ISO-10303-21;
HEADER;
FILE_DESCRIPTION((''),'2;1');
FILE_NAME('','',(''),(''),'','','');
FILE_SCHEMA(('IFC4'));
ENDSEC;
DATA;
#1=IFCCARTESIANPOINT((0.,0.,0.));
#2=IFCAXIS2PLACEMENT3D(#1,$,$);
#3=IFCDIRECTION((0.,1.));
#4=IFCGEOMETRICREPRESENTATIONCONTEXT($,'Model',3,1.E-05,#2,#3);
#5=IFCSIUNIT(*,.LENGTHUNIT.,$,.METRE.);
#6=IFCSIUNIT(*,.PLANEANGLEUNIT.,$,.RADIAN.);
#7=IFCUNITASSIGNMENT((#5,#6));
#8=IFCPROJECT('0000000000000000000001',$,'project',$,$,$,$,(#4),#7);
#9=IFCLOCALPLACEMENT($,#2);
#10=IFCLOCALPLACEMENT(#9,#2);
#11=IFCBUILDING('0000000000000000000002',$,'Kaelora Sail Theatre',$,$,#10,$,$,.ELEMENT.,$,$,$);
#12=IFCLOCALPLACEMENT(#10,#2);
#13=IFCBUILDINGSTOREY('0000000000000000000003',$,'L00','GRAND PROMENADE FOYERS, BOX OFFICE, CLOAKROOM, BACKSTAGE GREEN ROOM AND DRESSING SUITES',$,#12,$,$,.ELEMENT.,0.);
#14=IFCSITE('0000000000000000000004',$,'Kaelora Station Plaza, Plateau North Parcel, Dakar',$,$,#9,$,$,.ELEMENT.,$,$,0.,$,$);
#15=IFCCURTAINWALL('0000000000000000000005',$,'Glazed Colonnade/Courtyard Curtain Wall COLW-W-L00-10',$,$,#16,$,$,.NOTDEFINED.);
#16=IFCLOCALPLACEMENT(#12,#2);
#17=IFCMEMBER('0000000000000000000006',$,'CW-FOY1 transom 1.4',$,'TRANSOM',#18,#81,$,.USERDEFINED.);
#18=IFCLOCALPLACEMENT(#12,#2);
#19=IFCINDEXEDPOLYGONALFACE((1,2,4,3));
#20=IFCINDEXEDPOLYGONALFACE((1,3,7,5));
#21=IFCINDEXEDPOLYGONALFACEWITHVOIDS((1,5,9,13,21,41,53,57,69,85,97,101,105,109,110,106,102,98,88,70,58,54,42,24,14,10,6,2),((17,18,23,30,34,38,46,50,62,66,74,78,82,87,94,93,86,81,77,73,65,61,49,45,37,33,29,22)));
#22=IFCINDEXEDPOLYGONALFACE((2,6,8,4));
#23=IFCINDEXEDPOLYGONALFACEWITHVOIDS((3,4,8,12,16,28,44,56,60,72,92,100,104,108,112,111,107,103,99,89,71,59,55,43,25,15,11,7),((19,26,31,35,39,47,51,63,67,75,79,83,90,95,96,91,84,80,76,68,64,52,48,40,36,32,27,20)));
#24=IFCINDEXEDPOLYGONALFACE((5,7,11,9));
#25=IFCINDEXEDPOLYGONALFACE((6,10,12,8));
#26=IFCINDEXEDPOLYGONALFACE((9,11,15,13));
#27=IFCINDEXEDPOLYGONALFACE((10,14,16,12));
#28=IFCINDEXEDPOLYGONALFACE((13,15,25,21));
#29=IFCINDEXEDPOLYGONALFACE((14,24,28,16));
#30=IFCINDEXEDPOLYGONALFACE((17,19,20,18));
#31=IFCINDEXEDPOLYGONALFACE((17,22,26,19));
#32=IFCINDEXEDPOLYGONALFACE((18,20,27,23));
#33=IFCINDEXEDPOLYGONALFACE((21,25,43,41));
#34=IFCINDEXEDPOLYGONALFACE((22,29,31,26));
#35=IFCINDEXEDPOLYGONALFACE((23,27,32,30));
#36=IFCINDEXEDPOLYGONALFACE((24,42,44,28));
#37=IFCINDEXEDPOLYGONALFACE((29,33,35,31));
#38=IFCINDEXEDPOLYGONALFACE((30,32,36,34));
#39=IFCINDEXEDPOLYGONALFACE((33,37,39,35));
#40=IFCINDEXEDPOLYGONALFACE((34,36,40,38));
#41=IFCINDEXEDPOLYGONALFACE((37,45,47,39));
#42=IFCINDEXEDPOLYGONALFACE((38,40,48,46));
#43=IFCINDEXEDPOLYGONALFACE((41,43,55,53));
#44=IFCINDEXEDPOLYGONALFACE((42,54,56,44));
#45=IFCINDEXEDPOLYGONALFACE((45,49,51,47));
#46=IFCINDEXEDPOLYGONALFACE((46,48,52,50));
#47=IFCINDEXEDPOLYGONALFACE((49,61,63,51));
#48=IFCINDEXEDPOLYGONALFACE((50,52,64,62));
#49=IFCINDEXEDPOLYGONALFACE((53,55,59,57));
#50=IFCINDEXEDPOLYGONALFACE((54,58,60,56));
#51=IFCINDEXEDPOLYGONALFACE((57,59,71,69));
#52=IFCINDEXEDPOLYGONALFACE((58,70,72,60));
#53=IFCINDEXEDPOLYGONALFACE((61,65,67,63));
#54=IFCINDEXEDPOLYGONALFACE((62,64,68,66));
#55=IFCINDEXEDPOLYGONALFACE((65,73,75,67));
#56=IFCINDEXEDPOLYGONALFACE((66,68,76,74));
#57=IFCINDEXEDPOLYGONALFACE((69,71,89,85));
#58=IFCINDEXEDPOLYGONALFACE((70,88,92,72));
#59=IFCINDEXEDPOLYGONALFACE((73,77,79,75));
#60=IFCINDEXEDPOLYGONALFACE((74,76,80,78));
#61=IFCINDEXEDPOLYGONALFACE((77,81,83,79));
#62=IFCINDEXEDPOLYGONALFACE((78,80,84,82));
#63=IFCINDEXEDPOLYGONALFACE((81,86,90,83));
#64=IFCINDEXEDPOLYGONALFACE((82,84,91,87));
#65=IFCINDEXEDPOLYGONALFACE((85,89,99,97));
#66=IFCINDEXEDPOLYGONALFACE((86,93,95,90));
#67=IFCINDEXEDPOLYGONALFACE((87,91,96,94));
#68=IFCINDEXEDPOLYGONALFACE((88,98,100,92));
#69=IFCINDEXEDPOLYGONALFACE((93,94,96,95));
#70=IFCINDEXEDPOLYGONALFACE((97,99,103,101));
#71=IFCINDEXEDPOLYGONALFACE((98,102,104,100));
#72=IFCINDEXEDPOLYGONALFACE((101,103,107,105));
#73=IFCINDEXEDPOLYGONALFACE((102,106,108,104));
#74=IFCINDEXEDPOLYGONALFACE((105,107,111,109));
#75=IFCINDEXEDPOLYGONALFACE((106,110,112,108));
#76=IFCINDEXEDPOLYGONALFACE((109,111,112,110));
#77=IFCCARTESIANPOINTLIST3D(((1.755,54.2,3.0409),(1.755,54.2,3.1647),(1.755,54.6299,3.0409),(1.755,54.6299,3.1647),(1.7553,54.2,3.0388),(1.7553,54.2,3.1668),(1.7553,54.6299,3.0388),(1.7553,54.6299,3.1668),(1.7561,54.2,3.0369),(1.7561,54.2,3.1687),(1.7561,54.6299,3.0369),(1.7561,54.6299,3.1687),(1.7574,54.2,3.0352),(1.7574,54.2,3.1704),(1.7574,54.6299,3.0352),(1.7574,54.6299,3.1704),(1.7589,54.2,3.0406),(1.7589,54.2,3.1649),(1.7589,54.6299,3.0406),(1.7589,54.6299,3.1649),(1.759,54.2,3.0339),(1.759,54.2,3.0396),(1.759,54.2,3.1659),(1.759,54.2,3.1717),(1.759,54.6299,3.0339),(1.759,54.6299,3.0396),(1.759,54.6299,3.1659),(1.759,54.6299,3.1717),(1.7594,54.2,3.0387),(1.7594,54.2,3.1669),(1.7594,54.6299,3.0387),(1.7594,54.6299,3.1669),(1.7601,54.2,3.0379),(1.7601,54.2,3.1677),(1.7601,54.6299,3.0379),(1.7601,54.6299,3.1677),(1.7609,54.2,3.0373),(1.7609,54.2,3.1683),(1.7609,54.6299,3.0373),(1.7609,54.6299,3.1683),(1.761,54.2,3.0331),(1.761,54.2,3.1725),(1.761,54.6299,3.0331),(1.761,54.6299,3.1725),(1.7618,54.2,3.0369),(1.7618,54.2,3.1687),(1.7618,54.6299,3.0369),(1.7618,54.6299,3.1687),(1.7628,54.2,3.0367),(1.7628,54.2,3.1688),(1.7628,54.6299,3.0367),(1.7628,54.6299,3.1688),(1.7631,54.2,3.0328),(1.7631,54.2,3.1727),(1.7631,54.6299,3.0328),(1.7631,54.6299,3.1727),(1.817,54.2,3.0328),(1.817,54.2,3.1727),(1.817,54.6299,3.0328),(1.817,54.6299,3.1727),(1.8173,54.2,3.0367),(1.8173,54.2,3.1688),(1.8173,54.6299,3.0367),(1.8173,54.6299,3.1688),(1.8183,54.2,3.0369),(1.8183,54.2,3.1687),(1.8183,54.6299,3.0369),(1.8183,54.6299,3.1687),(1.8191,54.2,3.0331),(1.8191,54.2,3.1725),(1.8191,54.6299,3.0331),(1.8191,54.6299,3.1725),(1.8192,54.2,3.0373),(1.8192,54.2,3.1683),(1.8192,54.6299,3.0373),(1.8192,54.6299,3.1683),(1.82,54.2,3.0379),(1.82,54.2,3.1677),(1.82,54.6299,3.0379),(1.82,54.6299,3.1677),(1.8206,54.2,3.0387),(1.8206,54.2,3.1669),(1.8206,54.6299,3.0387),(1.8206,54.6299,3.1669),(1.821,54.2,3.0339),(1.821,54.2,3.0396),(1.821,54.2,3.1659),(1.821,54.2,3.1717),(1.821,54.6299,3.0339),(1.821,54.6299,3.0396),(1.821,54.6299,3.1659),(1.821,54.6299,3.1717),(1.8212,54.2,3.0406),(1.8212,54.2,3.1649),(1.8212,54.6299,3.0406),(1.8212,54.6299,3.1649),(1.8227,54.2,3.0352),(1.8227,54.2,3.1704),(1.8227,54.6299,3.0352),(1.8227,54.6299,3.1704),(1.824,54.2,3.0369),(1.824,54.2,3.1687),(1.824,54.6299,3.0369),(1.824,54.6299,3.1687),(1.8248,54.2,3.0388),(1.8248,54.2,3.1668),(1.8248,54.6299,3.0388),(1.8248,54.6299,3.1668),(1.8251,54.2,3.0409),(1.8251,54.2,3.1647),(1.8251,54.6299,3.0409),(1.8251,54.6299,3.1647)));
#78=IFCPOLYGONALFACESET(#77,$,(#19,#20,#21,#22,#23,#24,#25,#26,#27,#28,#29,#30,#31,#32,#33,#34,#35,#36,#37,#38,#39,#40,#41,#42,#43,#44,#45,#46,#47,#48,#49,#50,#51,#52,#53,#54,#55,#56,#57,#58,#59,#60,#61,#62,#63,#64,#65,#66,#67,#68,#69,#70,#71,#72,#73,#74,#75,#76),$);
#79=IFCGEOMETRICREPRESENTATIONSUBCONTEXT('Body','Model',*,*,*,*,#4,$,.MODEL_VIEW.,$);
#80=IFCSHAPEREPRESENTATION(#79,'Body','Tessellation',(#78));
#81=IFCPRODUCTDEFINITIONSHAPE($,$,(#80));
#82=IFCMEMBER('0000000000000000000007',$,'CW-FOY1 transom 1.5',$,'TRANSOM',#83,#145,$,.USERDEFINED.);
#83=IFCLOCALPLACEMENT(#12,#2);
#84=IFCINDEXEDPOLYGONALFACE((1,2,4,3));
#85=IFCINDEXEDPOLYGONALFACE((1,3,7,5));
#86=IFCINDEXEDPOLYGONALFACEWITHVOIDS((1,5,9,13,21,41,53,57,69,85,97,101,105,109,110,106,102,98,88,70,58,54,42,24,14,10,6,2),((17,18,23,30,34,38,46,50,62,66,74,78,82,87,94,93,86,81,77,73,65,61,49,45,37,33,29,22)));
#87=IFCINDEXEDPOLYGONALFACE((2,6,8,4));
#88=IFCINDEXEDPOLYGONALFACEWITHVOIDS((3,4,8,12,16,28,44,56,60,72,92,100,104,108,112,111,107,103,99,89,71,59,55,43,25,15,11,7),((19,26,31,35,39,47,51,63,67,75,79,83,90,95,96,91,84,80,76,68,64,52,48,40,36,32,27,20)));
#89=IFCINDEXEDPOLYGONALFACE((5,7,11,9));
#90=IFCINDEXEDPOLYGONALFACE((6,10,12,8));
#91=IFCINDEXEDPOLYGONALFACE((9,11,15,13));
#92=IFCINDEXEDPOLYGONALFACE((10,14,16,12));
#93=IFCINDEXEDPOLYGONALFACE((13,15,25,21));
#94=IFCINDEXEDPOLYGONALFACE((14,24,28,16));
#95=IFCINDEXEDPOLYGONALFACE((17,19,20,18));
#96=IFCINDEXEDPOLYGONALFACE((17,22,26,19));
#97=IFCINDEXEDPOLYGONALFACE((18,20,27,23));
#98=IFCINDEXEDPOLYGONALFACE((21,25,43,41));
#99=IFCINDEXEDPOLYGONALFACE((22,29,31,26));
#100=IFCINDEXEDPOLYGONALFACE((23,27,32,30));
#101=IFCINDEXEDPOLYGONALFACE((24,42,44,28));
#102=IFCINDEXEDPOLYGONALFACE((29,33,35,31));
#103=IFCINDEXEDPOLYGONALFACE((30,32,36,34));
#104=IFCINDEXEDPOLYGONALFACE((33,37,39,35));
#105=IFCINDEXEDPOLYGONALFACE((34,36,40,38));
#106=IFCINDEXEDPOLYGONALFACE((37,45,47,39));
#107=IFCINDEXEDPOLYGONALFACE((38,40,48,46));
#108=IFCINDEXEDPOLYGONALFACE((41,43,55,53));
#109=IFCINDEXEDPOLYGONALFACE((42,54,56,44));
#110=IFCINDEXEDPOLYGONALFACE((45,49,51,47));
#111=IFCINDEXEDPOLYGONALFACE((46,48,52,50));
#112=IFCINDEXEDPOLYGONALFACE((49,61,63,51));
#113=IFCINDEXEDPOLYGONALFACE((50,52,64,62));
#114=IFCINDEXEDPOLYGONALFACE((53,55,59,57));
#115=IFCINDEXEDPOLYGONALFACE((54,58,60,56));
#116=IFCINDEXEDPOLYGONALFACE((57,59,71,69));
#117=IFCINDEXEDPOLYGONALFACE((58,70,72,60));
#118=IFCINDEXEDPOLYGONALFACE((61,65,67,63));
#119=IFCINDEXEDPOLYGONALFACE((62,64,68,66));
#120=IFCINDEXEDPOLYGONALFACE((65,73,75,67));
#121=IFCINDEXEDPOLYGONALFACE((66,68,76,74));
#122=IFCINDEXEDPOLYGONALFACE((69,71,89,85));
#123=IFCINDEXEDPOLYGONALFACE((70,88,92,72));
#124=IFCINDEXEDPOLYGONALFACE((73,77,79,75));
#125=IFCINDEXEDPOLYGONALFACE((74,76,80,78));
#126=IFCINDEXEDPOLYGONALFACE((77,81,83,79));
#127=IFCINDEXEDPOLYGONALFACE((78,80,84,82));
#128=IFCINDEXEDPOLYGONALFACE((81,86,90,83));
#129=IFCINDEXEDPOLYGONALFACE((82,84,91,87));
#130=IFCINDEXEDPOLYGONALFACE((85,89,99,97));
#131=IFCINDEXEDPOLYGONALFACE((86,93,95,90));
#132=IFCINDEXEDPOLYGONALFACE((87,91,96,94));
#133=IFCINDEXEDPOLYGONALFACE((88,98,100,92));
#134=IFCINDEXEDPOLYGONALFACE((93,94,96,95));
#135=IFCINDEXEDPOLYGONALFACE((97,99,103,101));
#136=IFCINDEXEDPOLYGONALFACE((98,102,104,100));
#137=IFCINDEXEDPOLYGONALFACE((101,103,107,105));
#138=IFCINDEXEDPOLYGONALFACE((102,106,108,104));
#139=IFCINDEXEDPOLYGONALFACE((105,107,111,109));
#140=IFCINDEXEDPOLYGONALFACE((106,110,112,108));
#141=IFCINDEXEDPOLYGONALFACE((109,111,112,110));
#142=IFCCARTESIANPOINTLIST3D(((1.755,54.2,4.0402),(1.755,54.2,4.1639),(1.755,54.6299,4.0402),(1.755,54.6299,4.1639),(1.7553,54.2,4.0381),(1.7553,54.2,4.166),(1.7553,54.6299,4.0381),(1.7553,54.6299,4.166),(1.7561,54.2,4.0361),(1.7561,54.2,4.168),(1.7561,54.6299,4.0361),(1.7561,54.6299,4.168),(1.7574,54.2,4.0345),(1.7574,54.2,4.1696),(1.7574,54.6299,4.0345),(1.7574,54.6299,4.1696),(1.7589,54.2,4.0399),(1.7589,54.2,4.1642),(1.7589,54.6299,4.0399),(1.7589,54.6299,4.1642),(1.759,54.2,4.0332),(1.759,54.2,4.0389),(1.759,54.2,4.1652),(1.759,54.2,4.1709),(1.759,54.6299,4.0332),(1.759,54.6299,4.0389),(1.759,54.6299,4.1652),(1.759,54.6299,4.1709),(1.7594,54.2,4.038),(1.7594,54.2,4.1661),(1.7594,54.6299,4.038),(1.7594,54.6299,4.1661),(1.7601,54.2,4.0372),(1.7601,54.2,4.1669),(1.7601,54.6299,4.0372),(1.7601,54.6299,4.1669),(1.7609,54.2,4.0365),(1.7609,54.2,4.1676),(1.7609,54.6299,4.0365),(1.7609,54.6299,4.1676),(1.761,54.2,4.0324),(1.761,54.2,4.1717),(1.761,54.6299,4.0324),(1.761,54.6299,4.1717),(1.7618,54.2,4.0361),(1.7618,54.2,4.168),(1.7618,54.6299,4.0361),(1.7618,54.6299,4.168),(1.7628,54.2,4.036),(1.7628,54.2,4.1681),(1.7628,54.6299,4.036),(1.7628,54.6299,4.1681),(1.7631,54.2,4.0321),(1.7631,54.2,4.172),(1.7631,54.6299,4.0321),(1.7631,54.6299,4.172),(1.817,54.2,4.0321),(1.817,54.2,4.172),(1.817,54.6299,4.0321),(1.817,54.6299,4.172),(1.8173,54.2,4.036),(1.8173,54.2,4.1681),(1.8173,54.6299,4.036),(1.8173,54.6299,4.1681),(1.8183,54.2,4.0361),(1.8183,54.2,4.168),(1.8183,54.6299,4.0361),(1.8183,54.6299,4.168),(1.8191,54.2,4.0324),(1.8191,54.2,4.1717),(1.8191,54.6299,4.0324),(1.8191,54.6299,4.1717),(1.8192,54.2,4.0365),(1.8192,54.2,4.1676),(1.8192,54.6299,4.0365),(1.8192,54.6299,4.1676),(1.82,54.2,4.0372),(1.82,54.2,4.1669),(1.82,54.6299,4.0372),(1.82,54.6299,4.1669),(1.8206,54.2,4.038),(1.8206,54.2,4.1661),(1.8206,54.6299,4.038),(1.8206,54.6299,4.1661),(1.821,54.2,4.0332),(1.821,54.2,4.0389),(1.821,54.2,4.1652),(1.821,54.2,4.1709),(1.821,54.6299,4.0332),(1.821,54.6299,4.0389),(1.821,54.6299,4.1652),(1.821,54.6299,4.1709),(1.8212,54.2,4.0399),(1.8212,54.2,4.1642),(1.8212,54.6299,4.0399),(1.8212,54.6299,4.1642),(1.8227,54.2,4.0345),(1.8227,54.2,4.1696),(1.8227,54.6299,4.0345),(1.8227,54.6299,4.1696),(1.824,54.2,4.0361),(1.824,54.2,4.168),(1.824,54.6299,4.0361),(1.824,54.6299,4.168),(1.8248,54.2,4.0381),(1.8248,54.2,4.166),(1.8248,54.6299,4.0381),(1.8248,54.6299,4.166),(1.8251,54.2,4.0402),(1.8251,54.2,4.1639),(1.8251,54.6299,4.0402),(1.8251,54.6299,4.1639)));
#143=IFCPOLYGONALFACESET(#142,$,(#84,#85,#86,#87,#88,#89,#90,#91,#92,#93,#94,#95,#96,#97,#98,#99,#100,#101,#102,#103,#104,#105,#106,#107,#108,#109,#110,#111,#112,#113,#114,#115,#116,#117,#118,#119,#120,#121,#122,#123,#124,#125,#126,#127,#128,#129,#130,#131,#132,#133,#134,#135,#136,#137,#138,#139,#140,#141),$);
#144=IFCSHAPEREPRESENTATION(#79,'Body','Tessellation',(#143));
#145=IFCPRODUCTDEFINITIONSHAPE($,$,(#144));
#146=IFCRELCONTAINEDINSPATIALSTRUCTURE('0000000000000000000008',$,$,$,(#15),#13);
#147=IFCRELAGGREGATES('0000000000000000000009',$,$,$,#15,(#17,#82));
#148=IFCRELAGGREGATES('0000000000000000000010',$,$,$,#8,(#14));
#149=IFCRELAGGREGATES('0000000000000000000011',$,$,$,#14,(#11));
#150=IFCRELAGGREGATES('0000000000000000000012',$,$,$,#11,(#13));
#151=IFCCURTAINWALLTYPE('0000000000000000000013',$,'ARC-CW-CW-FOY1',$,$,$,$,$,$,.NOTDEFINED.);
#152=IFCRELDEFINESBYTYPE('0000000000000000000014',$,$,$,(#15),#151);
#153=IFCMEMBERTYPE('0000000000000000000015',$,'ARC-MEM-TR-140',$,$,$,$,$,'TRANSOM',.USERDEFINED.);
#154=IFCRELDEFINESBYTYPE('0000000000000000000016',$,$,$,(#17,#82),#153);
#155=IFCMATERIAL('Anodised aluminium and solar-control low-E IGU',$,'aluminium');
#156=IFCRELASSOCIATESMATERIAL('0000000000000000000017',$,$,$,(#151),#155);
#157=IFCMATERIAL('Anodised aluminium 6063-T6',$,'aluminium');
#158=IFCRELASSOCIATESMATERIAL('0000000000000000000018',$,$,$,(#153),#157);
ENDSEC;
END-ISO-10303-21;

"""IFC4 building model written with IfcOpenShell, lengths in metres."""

from ifc_helpers import new_model, si_unit, direction, frame, origin, origin_2d, place, context, subcontext, project, spatial, hollow_rectangle, extrude, material, material_profile, profile_set, type_object, element, aggregate, save


model = new_model("IFC4")

# Units and contexts
model_context = context("Model", 3, precision=1e-05, world=origin(), true_north=direction((0.0, 1.0)))
body_context = subcontext(model_context, "Body", "Model", "MODEL_VIEW")
ifc_project = project(units=[si_unit("LENGTHUNIT", "METRE"), si_unit("PLANEANGLEUNIT", "RADIAN")], contexts=[model_context])

# Site, building, storey
site_placement = place(None, origin())
site = spatial("IfcSite", under=ifc_project, at=site_placement, Name="Kaelora Station Plaza, Plateau North Parcel, Dakar", CompositionType="ELEMENT", RefElevation=0.0)
building_placement = place(site_placement, origin())
building = spatial("IfcBuilding", under=site, at=building_placement, Name="Kaelora Sail Theatre", CompositionType="ELEMENT")
storey_placement = place(building_placement, origin())
storey = spatial("IfcBuildingStorey", under=building, at=storey_placement, Name="L00", Description="GRAND PROMENADE FOYERS, BOX OFFICE, CLOAKROOM, BACKSTAGE GREEN ROOM AND DRESSING SUITES", CompositionType="ELEMENT", Elevation=0.0)

# Curtain wall, members
ifc_material_1 = material(Name="Anodised aluminium and solar-control low-E IGU", Category="aluminium")
curtain_wall_type = type_object("IfcCurtainWallType", Name="ARC-CW-CW-FOY1", PredefinedType="NOTDEFINED", material=ifc_material_1)
ifc_material_2 = material(Name="Anodised aluminium 6063-T6", Category="aluminium")
ifc_material_profile = material_profile(ifc_material_2, hollow_rectangle(XDim=0.0701, YDim=0.1399, WallThickness=0.0039, InnerFilletRadius=0.0039, OuterFilletRadius=0.0081, at=origin_2d()), Name="ALU-TRAN 70x140x4")
ifc_profile_set = profile_set([ifc_material_profile], Name="Anodised aluminium 6063-T6")
member_type = type_object("IfcMemberType", Name="ARC-MEM-TR-140", ElementType="TRANSOM", PredefinedType="USERDEFINED", material=ifc_profile_set)
curtain_wall_1_placement = place(storey_placement, origin())
curtain_wall_1 = element("IfcCurtainWall", 1, at=curtain_wall_1_placement, inside=storey, type_object=curtain_wall_type, Name="Glazed Colonnade/Courtyard Curtain Wall COLW-W-L00-10", PredefinedType="NOTDEFINED")
member_1_placement = place(storey_placement, frame((1.79, 54.2, 3.1028), z_axis=(0.0, 1.0, 0.0), x_axis=(-1.0, 0.0, 0.0)))
member_1 = element("IfcMember", 2, at=member_1_placement, type_object=member_type, Name="CW-FOY1 transom 1.4", ObjectType="TRANSOM", PredefinedType="USERDEFINED", context=body_context, shape_type="SweptSolid", body=[
    extrude(hollow_rectangle(XDim=0.0701, YDim=0.1399, WallThickness=0.0039, InnerFilletRadius=0.0039, OuterFilletRadius=0.0081, at=origin_2d()), origin(), (0.0, 0.0, 1.0), 0.4299),
])
member_2_placement = place(storey_placement, frame((1.79, 54.2, 4.1021), z_axis=(0.0, 1.0, 0.0), x_axis=(-1.0, 0.0, 0.0)))
member_2 = element("IfcMember", 3, at=member_2_placement, type_object=member_type, Name="CW-FOY1 transom 1.5", ObjectType="TRANSOM", PredefinedType="USERDEFINED", context=body_context, shape_type="SweptSolid", body=[
    extrude(hollow_rectangle(XDim=0.0701, YDim=0.1399, WallThickness=0.0039, InnerFilletRadius=0.0039, OuterFilletRadius=0.0081, at=origin_2d()), origin(), (0.0, 0.0, 1.0), 0.4299),
])

aggregate(curtain_wall_1, [member_1, member_2])

save(model, "model.ifc")
